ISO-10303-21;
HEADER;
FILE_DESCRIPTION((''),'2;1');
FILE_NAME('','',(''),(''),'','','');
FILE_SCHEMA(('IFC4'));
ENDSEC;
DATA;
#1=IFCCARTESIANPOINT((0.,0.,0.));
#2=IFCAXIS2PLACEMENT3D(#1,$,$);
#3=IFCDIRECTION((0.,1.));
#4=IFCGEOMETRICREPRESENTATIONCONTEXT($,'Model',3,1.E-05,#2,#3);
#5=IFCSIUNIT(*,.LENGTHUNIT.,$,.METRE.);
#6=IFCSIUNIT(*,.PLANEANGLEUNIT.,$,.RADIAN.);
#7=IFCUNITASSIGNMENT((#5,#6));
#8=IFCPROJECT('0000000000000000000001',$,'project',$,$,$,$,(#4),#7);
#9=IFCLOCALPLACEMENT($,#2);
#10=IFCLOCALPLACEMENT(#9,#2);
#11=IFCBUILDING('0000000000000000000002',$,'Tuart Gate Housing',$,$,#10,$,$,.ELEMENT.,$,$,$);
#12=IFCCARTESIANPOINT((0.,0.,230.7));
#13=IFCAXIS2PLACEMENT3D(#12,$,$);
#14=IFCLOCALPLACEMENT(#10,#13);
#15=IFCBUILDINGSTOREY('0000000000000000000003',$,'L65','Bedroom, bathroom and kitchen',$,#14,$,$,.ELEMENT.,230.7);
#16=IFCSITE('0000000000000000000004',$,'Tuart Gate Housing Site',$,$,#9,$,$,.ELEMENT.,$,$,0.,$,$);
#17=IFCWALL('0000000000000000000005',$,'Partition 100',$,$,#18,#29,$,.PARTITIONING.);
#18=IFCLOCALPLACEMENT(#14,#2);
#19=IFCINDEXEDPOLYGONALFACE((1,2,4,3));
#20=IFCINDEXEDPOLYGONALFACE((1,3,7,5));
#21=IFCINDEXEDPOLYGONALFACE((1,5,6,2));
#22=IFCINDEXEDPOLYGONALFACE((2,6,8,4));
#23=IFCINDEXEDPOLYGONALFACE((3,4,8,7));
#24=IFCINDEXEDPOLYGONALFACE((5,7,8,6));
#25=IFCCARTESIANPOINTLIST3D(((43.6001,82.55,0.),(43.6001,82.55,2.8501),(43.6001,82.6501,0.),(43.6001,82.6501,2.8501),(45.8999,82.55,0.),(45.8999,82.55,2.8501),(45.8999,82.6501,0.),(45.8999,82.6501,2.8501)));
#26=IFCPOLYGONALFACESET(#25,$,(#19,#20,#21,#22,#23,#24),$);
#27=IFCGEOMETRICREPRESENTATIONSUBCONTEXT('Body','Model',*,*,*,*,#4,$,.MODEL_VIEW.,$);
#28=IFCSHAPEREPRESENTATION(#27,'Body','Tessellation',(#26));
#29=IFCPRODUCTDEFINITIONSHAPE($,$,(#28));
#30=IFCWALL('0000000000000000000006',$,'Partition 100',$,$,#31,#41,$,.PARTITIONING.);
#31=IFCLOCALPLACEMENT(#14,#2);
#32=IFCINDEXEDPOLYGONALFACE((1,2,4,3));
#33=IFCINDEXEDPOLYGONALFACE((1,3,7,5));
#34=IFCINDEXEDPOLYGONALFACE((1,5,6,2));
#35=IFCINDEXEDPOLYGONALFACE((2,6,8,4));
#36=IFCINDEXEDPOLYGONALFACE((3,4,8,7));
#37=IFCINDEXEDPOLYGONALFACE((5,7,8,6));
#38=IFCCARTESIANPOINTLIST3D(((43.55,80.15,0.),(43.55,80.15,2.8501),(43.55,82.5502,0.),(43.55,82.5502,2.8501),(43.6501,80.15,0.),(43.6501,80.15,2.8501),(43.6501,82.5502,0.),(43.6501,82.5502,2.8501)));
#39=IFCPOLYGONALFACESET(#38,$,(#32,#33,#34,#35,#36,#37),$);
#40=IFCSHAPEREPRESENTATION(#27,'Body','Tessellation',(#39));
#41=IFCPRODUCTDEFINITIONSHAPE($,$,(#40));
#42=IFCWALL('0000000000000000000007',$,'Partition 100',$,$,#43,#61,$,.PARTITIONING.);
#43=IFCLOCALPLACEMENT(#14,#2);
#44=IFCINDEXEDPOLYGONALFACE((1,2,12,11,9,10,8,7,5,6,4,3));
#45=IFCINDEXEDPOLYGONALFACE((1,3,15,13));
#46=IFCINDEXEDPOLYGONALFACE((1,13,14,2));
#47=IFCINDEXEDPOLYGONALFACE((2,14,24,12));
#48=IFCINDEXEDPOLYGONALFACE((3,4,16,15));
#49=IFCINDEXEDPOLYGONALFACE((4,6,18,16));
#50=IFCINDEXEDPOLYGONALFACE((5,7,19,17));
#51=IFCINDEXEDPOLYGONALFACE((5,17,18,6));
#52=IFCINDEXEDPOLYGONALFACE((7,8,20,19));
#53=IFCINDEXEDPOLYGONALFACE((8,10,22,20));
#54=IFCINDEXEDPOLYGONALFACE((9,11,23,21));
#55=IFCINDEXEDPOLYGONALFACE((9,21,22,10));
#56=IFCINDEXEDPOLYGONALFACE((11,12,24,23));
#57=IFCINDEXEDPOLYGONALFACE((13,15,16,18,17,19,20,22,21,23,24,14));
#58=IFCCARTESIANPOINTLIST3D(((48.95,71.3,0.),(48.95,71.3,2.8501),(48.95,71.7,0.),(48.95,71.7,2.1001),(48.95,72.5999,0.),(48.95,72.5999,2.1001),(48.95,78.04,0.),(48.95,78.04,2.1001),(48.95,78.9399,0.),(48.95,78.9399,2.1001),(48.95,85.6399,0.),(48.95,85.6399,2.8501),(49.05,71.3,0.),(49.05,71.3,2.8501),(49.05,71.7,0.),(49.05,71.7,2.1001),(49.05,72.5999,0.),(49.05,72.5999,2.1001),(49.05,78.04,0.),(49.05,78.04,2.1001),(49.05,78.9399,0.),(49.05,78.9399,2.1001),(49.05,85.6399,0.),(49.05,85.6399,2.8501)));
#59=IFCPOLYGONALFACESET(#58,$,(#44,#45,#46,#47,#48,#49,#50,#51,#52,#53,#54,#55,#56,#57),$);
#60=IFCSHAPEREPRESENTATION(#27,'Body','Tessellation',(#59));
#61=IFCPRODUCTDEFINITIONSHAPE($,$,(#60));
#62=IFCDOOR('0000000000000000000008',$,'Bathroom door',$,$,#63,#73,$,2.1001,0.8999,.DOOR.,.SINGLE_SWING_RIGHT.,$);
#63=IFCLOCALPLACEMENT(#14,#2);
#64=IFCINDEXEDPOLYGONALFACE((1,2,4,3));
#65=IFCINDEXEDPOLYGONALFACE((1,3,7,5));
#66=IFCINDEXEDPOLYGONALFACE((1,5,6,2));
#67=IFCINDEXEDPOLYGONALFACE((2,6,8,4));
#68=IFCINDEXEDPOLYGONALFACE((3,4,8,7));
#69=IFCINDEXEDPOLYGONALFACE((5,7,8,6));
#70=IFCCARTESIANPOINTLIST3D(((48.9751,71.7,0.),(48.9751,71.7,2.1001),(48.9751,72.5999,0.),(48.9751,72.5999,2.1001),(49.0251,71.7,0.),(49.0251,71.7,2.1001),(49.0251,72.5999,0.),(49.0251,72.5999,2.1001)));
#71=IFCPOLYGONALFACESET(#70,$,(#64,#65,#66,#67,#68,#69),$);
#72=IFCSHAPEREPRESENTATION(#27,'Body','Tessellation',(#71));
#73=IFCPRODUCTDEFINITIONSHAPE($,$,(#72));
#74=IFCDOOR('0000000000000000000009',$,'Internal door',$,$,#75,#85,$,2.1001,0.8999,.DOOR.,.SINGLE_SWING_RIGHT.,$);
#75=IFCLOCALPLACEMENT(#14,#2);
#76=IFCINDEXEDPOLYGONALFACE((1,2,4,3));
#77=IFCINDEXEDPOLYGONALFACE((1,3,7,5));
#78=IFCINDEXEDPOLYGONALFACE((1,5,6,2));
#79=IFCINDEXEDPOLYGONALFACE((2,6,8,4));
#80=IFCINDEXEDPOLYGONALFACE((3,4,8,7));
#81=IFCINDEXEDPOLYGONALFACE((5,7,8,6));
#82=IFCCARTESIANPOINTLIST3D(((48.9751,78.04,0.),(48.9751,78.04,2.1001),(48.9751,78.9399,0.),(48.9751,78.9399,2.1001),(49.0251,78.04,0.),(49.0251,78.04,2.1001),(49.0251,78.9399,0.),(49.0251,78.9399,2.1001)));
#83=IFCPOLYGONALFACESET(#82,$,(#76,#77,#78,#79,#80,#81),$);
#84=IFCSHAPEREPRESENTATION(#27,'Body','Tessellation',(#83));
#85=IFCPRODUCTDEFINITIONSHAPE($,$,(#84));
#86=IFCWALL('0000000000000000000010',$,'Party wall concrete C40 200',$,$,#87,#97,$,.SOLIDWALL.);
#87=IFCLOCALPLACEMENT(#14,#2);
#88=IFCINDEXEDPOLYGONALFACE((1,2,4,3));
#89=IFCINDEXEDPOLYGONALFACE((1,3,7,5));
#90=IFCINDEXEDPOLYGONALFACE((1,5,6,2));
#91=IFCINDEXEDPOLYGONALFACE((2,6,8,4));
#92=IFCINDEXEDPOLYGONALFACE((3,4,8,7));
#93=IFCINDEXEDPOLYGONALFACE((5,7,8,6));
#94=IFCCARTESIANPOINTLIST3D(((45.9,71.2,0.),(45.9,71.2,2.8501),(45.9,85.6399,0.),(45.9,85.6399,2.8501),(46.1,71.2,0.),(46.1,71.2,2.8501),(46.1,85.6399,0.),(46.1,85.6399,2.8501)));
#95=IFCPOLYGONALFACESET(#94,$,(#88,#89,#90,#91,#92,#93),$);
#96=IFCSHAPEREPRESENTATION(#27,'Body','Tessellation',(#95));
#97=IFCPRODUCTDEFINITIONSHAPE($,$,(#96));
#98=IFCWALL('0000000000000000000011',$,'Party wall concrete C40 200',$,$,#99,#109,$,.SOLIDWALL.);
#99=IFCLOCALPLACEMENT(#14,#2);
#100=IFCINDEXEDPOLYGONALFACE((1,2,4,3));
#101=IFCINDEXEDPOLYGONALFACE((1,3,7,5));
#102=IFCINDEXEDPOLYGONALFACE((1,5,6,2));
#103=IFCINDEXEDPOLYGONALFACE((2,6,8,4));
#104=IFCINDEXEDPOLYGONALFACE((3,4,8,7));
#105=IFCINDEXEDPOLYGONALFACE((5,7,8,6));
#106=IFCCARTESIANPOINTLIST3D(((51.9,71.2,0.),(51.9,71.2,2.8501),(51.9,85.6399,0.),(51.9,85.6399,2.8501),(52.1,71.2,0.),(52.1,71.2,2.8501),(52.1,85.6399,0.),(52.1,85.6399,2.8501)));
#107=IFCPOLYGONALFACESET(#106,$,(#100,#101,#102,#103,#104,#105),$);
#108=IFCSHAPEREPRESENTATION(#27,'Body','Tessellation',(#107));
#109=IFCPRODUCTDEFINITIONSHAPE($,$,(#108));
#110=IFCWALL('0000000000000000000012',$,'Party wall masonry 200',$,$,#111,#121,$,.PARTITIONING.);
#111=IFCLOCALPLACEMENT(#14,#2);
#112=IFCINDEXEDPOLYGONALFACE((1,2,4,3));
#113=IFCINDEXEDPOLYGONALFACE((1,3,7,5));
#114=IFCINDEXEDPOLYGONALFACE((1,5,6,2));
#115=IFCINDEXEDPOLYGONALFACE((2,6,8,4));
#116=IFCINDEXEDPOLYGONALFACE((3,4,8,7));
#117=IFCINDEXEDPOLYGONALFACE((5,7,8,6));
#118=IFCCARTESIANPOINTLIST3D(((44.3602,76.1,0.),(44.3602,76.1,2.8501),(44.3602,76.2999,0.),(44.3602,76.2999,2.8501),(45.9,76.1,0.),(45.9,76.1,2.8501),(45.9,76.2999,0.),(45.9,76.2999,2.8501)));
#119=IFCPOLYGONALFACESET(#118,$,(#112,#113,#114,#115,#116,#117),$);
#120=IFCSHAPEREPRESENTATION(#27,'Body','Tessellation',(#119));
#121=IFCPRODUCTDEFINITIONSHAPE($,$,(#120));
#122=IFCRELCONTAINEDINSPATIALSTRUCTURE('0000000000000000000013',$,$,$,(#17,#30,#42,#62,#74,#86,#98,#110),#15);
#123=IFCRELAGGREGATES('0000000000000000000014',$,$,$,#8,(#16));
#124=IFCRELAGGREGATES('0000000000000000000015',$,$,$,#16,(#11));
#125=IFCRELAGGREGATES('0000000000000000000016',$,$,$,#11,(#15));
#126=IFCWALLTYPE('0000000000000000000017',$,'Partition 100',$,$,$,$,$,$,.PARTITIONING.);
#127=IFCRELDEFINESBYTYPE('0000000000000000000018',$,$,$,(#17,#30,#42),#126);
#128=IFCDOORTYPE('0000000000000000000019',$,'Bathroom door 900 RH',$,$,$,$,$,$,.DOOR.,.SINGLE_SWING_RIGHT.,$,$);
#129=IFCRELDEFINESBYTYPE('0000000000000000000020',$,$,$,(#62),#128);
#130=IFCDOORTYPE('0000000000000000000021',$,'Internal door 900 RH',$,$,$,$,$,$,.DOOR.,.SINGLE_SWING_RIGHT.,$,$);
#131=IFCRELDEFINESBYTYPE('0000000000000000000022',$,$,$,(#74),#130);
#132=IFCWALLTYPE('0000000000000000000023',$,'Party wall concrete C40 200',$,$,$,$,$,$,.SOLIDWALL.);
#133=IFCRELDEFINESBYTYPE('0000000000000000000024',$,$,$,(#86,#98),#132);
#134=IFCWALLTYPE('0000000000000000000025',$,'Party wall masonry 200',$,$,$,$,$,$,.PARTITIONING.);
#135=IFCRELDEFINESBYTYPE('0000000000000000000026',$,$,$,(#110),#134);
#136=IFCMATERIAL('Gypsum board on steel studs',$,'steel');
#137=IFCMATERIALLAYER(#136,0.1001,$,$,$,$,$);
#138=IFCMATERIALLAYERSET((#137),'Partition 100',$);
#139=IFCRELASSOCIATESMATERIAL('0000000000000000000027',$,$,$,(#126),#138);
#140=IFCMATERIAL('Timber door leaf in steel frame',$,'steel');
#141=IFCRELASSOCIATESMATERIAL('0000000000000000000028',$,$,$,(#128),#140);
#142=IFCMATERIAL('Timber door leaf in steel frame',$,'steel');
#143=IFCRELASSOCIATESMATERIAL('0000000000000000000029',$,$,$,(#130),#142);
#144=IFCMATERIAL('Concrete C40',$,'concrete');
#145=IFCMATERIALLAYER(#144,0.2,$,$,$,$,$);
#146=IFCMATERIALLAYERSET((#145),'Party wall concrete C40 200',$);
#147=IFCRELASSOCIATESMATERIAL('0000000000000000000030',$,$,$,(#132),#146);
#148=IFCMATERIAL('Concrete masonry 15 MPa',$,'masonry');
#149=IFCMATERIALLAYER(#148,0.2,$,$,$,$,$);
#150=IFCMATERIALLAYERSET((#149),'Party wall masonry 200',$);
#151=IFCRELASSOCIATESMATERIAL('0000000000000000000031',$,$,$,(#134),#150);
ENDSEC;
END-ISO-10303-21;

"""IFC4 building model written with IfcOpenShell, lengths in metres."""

from ifc_helpers import new_model, si_unit, direction, frame, frame_2d, origin, place, context, subcontext, project, spatial, rectangle, extrude, material, layer, layer_set, type_object, element, fill, save


model = new_model("IFC4")

# Units and contexts
model_context = context("Model", 3, precision=1e-05, world=origin(), true_north=direction((0.0, 1.0)))
body_context = subcontext(model_context, "Body", "Model", "MODEL_VIEW")
ifc_project = project(units=[si_unit("LENGTHUNIT", "METRE"), si_unit("PLANEANGLEUNIT", "RADIAN")], contexts=[model_context])

# Site, building, storey
site_placement = place(None, origin())
site = spatial("IfcSite", under=ifc_project, at=site_placement, Name="Tuart Gate Housing Site", CompositionType="ELEMENT", RefElevation=0.0)
building_placement = place(site_placement, origin())
building = spatial("IfcBuilding", under=site, at=building_placement, Name="Tuart Gate Housing", CompositionType="ELEMENT")
storey_placement = place(building_placement, frame((0.0, 0.0, 230.7)))
storey = spatial("IfcBuildingStorey", under=building, at=storey_placement, Name="L65", Description="Bedroom, bathroom and kitchen", CompositionType="ELEMENT", Elevation=230.7)

# Shared definitions
ifc_material_1 = material(Name="Gypsum board on steel studs", Category="steel")
ifc_layer_1 = layer(ifc_material_1, 0.1001)
ifc_layer_set_1 = layer_set([ifc_layer_1], Name="Partition 100")
wall_type_1 = type_object("IfcWallType", Name="Partition 100", PredefinedType="PARTITIONING", material=ifc_layer_set_1)

# Walls
wall_1_placement = place(storey_placement, frame((43.6001, 82.6001, 0.0), z_axis=(0.0, 0.0, 1.0), x_axis=(1.0, 0.0, 0.0)))
element("IfcWall", 1, at=wall_1_placement, inside=storey, type_object=wall_type_1, Name="Partition 100", PredefinedType="PARTITIONING", context=body_context, shape_type="SweptSolid", body=[
    extrude(rectangle(XDim=2.2998, YDim=0.1001, at=frame_2d((1.1499, 0.0))), origin(), (0.0, 0.0, 1.0), 2.8501),
])
wall_2_placement = place(storey_placement, frame((43.6001, 80.1499, 0.0), z_axis=(0.0, 0.0, 1.0), x_axis=(0.0, 1.0, 0.0)))
element("IfcWall", 2, at=wall_2_placement, inside=storey, type_object=wall_type_1, Name="Partition 100", PredefinedType="PARTITIONING", context=body_context, shape_type="SweptSolid", body=[
    extrude(rectangle(XDim=2.4001, YDim=0.1001, at=frame_2d((1.2002, 0.0))), origin(), (0.0, 0.0, 1.0), 2.8501),
])

# Wall, openings, doors
wall_3_placement = place(storey_placement, frame((49.0, 71.3, 0.0), z_axis=(0.0, 0.0, 1.0), x_axis=(0.0, 1.0, 0.0)))
wall_3 = element("IfcWall", 3, at=wall_3_placement, inside=storey, type_object=wall_type_1, Name="Partition 100", PredefinedType="PARTITIONING", context=body_context, shape_type="SweptSolid", body=[
    extrude(rectangle(XDim=14.3398, YDim=0.1001, at=frame_2d((7.1699, 0.0))), origin(), (0.0, 0.0, 1.0), 2.8501),
])
opening_1_placement = place(wall_3_placement, frame((6.74, 0.0, 0.0)))
opening_1 = element("IfcOpeningElement", 4, at=opening_1_placement, cuts=wall_3, PredefinedType="OPENING", context=body_context, shape_type="SweptSolid", body=[
    extrude(rectangle(XDim=0.8999, YDim=2.1001, at=frame_2d((0.45, 1.05))), frame((0.0, 0.0601, 0.0), z_axis=(0.0, -1.0, 0.0), x_axis=(1.0, 0.0, 0.0)), (0.0, 0.0, 1.0), 0.1201),
])
opening_2_placement = place(wall_3_placement, frame((0.3999, 0.0, 0.0)))
opening_2 = element("IfcOpeningElement", 5, at=opening_2_placement, cuts=wall_3, PredefinedType="OPENING", context=body_context, shape_type="SweptSolid", body=[
    extrude(rectangle(XDim=0.8999, YDim=2.1001, at=frame_2d((0.45, 1.05))), frame((0.0, 0.0601, 0.0), z_axis=(0.0, -1.0, 0.0), x_axis=(1.0, 0.0, 0.0)), (0.0, 0.0, 1.0), 0.1201),
])
ifc_material_2 = material(Name="Timber door leaf in steel frame", Category="steel")
door_type_1 = type_object("IfcDoorType", Name="Bathroom door 900 RH", OperationType="SINGLE_SWING_RIGHT", PredefinedType="DOOR", material=ifc_material_2)
door_1_placement = place(opening_2_placement, frame((0.8999, 0.0, 0.0), z_axis=(0.0, 0.0, 1.0), x_axis=(-1.0, 0.0, 0.0)))
door_1 = element("IfcDoor", 6, at=door_1_placement, inside=storey, type_object=door_type_1, Name="Bathroom door", OperationType="SINGLE_SWING_RIGHT", OverallHeight=2.1001, OverallWidth=0.8999, PredefinedType="DOOR", context=body_context, shape_type="SweptSolid", body=[
    extrude(rectangle(XDim=0.8999, YDim=2.1001, at=frame_2d((0.45, 1.05))), frame((0.0, 0.0251, 0.0), z_axis=(0.0, -1.0, 0.0), x_axis=(1.0, 0.0, 0.0)), (0.0, 0.0, 1.0), 0.05),
])
fill(opening_2, door_1)
ifc_material_3 = material(Name="Timber door leaf in steel frame", Category="steel")
door_type_2 = type_object("IfcDoorType", Name="Internal door 900 RH", OperationType="SINGLE_SWING_RIGHT", PredefinedType="DOOR", material=ifc_material_3)
door_2_placement = place(opening_1_placement, frame((0.8999, 0.0, 0.0), z_axis=(0.0, 0.0, 1.0), x_axis=(-1.0, 0.0, 0.0)))
door_2 = element("IfcDoor", 7, at=door_2_placement, inside=storey, type_object=door_type_2, Name="Internal door", OperationType="SINGLE_SWING_RIGHT", OverallHeight=2.1001, OverallWidth=0.8999, PredefinedType="DOOR", context=body_context, shape_type="SweptSolid", body=[
    extrude(rectangle(XDim=0.8999, YDim=2.1001, at=frame_2d((0.45, 1.05))), frame((0.0, 0.0251, 0.0), z_axis=(0.0, -1.0, 0.0), x_axis=(1.0, 0.0, 0.0)), (0.0, 0.0, 1.0), 0.05),
])
fill(opening_1, door_2)

# Walls
ifc_material_4 = material(Name="Concrete C40", Category="concrete")
ifc_layer_2 = layer(ifc_material_4, 0.2)
ifc_layer_set_2 = layer_set([ifc_layer_2], Name="Party wall concrete C40 200")
wall_type_2 = type_object("IfcWallType", Name="Party wall concrete C40 200", PredefinedType="SOLIDWALL", material=ifc_layer_set_2)
for number, where, z_axis, x_axis, name in (
    (8, (46.0, 71.2, 0.0), (0.0, 0.0, 1.0), (0.0, 1.0, 0.0), "Party wall concrete C40 200"),
    (9, (52.0, 71.2, 0.0), (0.0, 0.0, 1.0), (0.0, 1.0, 0.0), "Party wall concrete C40 200"),
):
    element("IfcWall", number, at=place(storey_placement, frame(where, z_axis=z_axis, x_axis=x_axis)), inside=storey, type_object=wall_type_2, Name=name, PredefinedType="SOLIDWALL", context=body_context, shape_type="SweptSolid", body=[
        extrude(rectangle(XDim=14.4399, YDim=0.2, at=frame_2d((7.22, 0.0))), origin(), (0.0, 0.0, 1.0), 2.8501),
    ])
ifc_material_5 = material(Name="Concrete masonry 15 MPa", Category="masonry")
ifc_layer_3 = layer(ifc_material_5, 0.2)
ifc_layer_set_3 = layer_set([ifc_layer_3], Name="Party wall masonry 200")
wall_type_3 = type_object("IfcWallType", Name="Party wall masonry 200", PredefinedType="PARTITIONING", material=ifc_layer_set_3)
wall_4_placement = place(storey_placement, frame((44.3601, 76.2, 0.0), z_axis=(0.0, 0.0, 1.0), x_axis=(1.0, 0.0, 0.0)))
element("IfcWall", 10, at=wall_4_placement, inside=storey, type_object=wall_type_3, Name="Party wall masonry 200", PredefinedType="PARTITIONING", context=body_context, shape_type="SweptSolid", body=[
    extrude(rectangle(XDim=1.5398, YDim=0.2, at=frame_2d((0.77, 0.0))), origin(), (0.0, 0.0, 1.0), 2.8501),
])

save(model, "model.ifc")
